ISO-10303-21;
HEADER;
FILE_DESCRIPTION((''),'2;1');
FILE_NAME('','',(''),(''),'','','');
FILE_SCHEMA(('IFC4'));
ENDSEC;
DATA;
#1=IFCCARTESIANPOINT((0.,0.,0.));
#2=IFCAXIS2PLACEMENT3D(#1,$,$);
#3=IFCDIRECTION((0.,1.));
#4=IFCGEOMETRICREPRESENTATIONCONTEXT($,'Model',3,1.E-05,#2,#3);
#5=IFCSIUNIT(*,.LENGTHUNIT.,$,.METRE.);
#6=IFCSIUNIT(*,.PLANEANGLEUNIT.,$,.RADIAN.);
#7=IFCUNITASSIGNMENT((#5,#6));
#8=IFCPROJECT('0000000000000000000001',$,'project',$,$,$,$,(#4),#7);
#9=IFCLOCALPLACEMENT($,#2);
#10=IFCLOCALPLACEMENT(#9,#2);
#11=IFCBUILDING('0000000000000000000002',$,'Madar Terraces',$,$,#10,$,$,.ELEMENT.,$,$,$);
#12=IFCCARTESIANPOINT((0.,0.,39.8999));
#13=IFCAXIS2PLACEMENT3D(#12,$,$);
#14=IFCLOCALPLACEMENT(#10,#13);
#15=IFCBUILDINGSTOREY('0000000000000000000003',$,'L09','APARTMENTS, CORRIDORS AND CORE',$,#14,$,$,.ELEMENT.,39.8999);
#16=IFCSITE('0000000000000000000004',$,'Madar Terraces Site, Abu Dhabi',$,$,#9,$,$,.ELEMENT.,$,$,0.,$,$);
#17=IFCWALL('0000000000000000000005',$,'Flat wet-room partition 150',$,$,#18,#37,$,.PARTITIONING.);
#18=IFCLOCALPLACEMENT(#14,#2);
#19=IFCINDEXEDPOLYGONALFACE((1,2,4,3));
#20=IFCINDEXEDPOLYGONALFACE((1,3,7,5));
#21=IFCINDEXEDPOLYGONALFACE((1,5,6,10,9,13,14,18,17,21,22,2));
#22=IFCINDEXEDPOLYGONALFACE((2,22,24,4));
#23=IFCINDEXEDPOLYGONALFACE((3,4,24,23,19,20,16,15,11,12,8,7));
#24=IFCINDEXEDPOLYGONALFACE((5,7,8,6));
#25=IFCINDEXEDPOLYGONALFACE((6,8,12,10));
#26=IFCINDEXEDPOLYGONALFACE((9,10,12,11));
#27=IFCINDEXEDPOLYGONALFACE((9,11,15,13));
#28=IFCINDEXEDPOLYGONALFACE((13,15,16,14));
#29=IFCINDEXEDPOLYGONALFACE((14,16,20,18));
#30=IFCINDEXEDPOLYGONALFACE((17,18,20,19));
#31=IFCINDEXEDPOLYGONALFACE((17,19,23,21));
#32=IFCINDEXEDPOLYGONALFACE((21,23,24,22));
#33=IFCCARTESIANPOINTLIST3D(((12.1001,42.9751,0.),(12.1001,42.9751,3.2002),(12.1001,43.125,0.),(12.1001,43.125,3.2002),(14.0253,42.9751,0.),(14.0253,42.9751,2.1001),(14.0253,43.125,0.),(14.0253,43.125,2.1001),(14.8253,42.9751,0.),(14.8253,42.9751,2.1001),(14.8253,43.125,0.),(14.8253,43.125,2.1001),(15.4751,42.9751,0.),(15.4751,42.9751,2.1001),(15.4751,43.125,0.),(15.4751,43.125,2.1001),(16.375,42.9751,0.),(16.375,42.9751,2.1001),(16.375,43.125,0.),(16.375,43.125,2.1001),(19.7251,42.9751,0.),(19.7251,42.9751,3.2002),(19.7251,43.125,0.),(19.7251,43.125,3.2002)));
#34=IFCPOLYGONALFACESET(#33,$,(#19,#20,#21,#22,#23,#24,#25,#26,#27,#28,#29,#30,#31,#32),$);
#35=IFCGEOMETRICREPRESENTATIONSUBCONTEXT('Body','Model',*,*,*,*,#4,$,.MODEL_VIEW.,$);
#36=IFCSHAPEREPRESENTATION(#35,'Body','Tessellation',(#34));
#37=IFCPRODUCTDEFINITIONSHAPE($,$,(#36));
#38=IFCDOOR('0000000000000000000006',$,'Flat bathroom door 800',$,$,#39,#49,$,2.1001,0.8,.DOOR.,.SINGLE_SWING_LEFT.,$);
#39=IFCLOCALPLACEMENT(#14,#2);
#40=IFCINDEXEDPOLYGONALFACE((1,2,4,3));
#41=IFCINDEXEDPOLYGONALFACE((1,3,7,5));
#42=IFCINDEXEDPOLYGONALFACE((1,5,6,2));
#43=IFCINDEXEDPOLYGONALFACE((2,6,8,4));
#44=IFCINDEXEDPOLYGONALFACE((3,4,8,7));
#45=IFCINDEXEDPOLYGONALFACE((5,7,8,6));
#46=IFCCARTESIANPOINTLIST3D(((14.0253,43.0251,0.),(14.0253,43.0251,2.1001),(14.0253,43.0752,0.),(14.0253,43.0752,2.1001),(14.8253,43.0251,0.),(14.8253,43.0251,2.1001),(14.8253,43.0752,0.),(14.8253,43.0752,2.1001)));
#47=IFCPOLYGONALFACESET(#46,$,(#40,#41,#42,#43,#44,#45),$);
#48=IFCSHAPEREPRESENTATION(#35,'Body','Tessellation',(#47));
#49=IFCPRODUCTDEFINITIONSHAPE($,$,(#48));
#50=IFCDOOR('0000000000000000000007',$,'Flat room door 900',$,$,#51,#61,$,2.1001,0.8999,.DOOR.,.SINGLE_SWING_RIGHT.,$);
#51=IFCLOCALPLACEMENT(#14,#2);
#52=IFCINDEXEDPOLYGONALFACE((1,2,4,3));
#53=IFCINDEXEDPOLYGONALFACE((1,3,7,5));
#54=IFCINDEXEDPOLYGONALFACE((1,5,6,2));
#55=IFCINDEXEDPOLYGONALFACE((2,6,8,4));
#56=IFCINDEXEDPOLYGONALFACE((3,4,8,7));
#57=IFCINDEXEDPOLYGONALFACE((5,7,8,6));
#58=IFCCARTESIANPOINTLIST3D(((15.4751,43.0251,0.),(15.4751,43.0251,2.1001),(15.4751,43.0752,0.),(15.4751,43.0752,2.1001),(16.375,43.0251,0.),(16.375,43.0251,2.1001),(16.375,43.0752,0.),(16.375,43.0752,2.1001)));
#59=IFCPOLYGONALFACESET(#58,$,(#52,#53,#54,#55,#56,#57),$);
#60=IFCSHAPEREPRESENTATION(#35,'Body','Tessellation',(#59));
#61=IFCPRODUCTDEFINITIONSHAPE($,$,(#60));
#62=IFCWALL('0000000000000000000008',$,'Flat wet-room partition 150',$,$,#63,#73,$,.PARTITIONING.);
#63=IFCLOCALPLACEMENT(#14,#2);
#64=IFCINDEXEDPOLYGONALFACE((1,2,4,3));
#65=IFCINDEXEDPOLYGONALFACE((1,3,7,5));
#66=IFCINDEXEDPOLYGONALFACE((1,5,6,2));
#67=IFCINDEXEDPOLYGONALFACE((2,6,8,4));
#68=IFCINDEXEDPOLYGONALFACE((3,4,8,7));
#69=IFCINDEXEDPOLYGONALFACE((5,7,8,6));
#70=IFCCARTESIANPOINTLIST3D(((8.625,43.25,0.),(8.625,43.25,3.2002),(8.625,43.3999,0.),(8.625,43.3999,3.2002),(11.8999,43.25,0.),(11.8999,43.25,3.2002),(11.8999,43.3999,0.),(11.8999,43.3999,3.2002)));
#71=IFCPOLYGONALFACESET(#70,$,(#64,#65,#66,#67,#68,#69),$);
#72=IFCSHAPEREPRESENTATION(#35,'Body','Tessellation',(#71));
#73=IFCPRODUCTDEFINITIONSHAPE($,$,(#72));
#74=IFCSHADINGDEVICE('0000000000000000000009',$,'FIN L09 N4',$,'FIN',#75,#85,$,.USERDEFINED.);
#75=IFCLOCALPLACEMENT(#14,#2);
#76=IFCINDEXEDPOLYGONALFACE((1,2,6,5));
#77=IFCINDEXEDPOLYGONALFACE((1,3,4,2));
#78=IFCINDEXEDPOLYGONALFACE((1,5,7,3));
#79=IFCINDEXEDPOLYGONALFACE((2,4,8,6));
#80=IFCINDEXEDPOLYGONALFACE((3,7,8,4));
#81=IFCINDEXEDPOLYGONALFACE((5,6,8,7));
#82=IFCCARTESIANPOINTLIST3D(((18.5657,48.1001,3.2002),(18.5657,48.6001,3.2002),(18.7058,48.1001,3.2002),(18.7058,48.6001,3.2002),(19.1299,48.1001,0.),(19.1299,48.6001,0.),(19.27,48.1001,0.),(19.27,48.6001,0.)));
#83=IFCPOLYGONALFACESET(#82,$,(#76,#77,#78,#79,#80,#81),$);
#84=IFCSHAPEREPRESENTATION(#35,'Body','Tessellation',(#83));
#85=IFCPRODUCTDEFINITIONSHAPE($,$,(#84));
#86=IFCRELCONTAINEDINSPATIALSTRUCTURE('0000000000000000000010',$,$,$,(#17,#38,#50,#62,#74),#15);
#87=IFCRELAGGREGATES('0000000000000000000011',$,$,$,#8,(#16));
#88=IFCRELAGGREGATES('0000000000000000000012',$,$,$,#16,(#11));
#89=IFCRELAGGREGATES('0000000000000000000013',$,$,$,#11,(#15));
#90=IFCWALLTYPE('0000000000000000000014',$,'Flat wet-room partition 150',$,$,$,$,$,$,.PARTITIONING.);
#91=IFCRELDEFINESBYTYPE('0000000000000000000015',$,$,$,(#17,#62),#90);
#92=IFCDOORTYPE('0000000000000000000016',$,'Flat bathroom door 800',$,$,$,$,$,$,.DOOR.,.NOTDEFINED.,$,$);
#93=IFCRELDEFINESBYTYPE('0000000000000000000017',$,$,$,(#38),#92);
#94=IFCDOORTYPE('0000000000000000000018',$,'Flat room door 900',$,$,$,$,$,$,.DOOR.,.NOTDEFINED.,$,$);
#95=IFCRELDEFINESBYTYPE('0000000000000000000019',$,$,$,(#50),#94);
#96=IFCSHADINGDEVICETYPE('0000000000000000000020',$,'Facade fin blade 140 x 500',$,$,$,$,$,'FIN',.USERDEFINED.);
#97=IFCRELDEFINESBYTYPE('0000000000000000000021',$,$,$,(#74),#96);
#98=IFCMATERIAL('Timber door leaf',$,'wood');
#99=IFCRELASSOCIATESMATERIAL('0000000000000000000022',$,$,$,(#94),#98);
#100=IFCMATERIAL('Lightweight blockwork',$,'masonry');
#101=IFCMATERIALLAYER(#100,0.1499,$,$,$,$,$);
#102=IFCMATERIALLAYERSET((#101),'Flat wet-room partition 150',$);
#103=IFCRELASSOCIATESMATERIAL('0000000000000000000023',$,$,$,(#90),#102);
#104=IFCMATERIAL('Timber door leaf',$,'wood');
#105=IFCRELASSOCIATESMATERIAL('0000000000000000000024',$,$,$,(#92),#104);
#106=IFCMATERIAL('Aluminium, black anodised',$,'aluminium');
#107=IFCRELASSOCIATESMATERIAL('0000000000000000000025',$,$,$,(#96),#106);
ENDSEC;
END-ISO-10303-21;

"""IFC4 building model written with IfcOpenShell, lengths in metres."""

from ifc_helpers import new_model, si_unit, direction, frame, frame_2d, origin, place, context, subcontext, project, spatial, polyline, rectangle, outline, extrude, material, layer, layer_set, type_object, element, fill, save


model = new_model("IFC4")

# Units and contexts
model_context = context("Model", 3, precision=1e-05, world=origin(), true_north=direction((0.0, 1.0)))
body_context = subcontext(model_context, "Body", "Model", "MODEL_VIEW")
ifc_project = project(units=[si_unit("LENGTHUNIT", "METRE"), si_unit("PLANEANGLEUNIT", "RADIAN")], contexts=[model_context])

# Site, building, storey
site_placement = place(None, origin())
site = spatial("IfcSite", under=ifc_project, at=site_placement, Name="Madar Terraces Site, Abu Dhabi", CompositionType="ELEMENT", RefElevation=0.0)
building_placement = place(site_placement, origin())
building = spatial("IfcBuilding", under=site, at=building_placement, Name="Madar Terraces", CompositionType="ELEMENT")
storey_placement = place(building_placement, frame((0.0, 0.0, 39.8999)))
storey = spatial("IfcBuildingStorey", under=building, at=storey_placement, Name="L09", Description="APARTMENTS, CORRIDORS AND CORE", CompositionType="ELEMENT", Elevation=39.8999)

# Shared definitions
ifc_material_1 = material(Name="Timber door leaf", Category="wood")
door_type_1 = type_object("IfcDoorType", Name="Flat room door 900", OperationType="NOTDEFINED", PredefinedType="DOOR", material=ifc_material_1)

# Shared definitions
ifc_material_2 = material(Name="Lightweight blockwork", Category="masonry")
ifc_layer_1 = layer(ifc_material_2, 0.1499)
ifc_layer_set_1 = layer_set([ifc_layer_1], Name="Flat wet-room partition 150")
wall_type_1 = type_object("IfcWallType", Name="Flat wet-room partition 150", PredefinedType="PARTITIONING", material=ifc_layer_set_1)

# Wall, openings, doors
wall_1_placement = place(storey_placement, frame((19.7251, 43.05, 0.0), z_axis=(0.0, 0.0, 1.0), x_axis=(-1.0, 0.0, 0.0)))
wall_1 = element("IfcWall", 1, at=wall_1_placement, inside=storey, type_object=wall_type_1, Name="Flat wet-room partition 150", PredefinedType="PARTITIONING", context=body_context, shape_type="SweptSolid", body=[
    extrude(rectangle(XDim=7.625, YDim=0.1499, at=frame_2d((3.8125, 0.0))), origin(), (0.0, 0.0, 1.0), 3.2002),
])
opening_1_placement = place(wall_1_placement, frame((3.3501, 0.0, 0.0)))
opening_1 = element("IfcOpeningElement", 2, at=opening_1_placement, cuts=wall_1, PredefinedType="OPENING", context=body_context, shape_type="SweptSolid", body=[
    extrude(rectangle(XDim=0.8999, YDim=2.1001, at=frame_2d((0.45, 1.05))), frame((0.0, 0.085, 0.0), z_axis=(0.0, -1.0, 0.0), x_axis=(1.0, 0.0, 0.0)), (0.0, 0.0, 1.0), 0.1699),
])
opening_2_placement = place(wall_1_placement, frame((4.8999, 0.0, 0.0)))
opening_2 = element("IfcOpeningElement", 3, at=opening_2_placement, cuts=wall_1, PredefinedType="OPENING", context=body_context, shape_type="SweptSolid", body=[
    extrude(rectangle(XDim=0.8, YDim=2.1001, at=frame_2d((0.3999, 1.05))), frame((0.0, 0.085, 0.0), z_axis=(0.0, -1.0, 0.0), x_axis=(1.0, 0.0, 0.0)), (0.0, 0.0, 1.0), 0.1699),
])
ifc_material_3 = material(Name="Timber door leaf", Category="wood")
door_type_2 = type_object("IfcDoorType", Name="Flat bathroom door 800", OperationType="NOTDEFINED", PredefinedType="DOOR", material=ifc_material_3)
door_1_placement = place(opening_2_placement, origin())
door_1 = element("IfcDoor", 4, at=door_1_placement, inside=storey, type_object=door_type_2, Name="Flat bathroom door 800", OperationType="SINGLE_SWING_LEFT", OverallHeight=2.1001, OverallWidth=0.8, PredefinedType="DOOR", context=body_context, shape_type="SweptSolid", body=[
    extrude(rectangle(XDim=0.8, YDim=2.1001, at=frame_2d((0.3999, 1.05))), frame((0.0, 0.0249, 0.0), z_axis=(0.0, -1.0, 0.0), x_axis=(1.0, 0.0, 0.0)), (0.0, 0.0, 1.0), 0.05),
])
fill(opening_2, door_1)
door_2_placement = place(opening_1_placement, origin())
door_2 = element("IfcDoor", 5, at=door_2_placement, inside=storey, type_object=door_type_1, Name="Flat room door 900", OperationType="SINGLE_SWING_RIGHT", OverallHeight=2.1001, OverallWidth=0.8999, PredefinedType="DOOR", context=body_context, shape_type="SweptSolid", body=[
    extrude(rectangle(XDim=0.8999, YDim=2.1001, at=frame_2d((0.45, 1.05))), frame((0.0, 0.0249, 0.0), z_axis=(0.0, -1.0, 0.0), x_axis=(1.0, 0.0, 0.0)), (0.0, 0.0, 1.0), 0.05),
])
fill(opening_1, door_2)

# Wall
wall_2_placement = place(storey_placement, frame((11.8999, 43.325, 0.0), z_axis=(0.0, 0.0, 1.0), x_axis=(-1.0, 0.0, 0.0)))
element("IfcWall", 6, at=wall_2_placement, inside=storey, type_object=wall_type_1, Name="Flat wet-room partition 150", PredefinedType="PARTITIONING", context=body_context, shape_type="SweptSolid", body=[
    extrude(rectangle(XDim=3.2749, YDim=0.1499, at=frame_2d((1.6375, 0.0))), origin(), (0.0, 0.0, 1.0), 3.2002),
])

# Shading device
ifc_material_4 = material(Name="Aluminium, black anodised", Category="aluminium")
shading_device_type = type_object("IfcShadingDeviceType", Name="Facade fin blade 140 x 500", ElementType="FIN", PredefinedType="USERDEFINED", material=ifc_material_4)
shading_device_placement = place(storey_placement, frame((19.27, 48.3501, 0.0), z_axis=(0.0, 0.0, 1.0), x_axis=(-1.0, 0.0, 0.0)))
element("IfcShadingDevice", 7, at=shading_device_placement, inside=storey, type_object=shading_device_type, Name="FIN L09 N4", ObjectType="FIN", PredefinedType="USERDEFINED", context=body_context, shape_type="SweptSolid", body=[
    extrude(outline(polyline([(0.0, 0.0), (0.1401, 0.0), (0.7043, 3.2002), (0.5642, 3.2002), (0.0, 0.0)])), frame((0.0, 0.25, 0.0), z_axis=(0.0, -1.0, 0.0), x_axis=(1.0, 0.0, 0.0)), (0.0, 0.0, 1.0), 0.5),
])

save(model, "model.ifc")
